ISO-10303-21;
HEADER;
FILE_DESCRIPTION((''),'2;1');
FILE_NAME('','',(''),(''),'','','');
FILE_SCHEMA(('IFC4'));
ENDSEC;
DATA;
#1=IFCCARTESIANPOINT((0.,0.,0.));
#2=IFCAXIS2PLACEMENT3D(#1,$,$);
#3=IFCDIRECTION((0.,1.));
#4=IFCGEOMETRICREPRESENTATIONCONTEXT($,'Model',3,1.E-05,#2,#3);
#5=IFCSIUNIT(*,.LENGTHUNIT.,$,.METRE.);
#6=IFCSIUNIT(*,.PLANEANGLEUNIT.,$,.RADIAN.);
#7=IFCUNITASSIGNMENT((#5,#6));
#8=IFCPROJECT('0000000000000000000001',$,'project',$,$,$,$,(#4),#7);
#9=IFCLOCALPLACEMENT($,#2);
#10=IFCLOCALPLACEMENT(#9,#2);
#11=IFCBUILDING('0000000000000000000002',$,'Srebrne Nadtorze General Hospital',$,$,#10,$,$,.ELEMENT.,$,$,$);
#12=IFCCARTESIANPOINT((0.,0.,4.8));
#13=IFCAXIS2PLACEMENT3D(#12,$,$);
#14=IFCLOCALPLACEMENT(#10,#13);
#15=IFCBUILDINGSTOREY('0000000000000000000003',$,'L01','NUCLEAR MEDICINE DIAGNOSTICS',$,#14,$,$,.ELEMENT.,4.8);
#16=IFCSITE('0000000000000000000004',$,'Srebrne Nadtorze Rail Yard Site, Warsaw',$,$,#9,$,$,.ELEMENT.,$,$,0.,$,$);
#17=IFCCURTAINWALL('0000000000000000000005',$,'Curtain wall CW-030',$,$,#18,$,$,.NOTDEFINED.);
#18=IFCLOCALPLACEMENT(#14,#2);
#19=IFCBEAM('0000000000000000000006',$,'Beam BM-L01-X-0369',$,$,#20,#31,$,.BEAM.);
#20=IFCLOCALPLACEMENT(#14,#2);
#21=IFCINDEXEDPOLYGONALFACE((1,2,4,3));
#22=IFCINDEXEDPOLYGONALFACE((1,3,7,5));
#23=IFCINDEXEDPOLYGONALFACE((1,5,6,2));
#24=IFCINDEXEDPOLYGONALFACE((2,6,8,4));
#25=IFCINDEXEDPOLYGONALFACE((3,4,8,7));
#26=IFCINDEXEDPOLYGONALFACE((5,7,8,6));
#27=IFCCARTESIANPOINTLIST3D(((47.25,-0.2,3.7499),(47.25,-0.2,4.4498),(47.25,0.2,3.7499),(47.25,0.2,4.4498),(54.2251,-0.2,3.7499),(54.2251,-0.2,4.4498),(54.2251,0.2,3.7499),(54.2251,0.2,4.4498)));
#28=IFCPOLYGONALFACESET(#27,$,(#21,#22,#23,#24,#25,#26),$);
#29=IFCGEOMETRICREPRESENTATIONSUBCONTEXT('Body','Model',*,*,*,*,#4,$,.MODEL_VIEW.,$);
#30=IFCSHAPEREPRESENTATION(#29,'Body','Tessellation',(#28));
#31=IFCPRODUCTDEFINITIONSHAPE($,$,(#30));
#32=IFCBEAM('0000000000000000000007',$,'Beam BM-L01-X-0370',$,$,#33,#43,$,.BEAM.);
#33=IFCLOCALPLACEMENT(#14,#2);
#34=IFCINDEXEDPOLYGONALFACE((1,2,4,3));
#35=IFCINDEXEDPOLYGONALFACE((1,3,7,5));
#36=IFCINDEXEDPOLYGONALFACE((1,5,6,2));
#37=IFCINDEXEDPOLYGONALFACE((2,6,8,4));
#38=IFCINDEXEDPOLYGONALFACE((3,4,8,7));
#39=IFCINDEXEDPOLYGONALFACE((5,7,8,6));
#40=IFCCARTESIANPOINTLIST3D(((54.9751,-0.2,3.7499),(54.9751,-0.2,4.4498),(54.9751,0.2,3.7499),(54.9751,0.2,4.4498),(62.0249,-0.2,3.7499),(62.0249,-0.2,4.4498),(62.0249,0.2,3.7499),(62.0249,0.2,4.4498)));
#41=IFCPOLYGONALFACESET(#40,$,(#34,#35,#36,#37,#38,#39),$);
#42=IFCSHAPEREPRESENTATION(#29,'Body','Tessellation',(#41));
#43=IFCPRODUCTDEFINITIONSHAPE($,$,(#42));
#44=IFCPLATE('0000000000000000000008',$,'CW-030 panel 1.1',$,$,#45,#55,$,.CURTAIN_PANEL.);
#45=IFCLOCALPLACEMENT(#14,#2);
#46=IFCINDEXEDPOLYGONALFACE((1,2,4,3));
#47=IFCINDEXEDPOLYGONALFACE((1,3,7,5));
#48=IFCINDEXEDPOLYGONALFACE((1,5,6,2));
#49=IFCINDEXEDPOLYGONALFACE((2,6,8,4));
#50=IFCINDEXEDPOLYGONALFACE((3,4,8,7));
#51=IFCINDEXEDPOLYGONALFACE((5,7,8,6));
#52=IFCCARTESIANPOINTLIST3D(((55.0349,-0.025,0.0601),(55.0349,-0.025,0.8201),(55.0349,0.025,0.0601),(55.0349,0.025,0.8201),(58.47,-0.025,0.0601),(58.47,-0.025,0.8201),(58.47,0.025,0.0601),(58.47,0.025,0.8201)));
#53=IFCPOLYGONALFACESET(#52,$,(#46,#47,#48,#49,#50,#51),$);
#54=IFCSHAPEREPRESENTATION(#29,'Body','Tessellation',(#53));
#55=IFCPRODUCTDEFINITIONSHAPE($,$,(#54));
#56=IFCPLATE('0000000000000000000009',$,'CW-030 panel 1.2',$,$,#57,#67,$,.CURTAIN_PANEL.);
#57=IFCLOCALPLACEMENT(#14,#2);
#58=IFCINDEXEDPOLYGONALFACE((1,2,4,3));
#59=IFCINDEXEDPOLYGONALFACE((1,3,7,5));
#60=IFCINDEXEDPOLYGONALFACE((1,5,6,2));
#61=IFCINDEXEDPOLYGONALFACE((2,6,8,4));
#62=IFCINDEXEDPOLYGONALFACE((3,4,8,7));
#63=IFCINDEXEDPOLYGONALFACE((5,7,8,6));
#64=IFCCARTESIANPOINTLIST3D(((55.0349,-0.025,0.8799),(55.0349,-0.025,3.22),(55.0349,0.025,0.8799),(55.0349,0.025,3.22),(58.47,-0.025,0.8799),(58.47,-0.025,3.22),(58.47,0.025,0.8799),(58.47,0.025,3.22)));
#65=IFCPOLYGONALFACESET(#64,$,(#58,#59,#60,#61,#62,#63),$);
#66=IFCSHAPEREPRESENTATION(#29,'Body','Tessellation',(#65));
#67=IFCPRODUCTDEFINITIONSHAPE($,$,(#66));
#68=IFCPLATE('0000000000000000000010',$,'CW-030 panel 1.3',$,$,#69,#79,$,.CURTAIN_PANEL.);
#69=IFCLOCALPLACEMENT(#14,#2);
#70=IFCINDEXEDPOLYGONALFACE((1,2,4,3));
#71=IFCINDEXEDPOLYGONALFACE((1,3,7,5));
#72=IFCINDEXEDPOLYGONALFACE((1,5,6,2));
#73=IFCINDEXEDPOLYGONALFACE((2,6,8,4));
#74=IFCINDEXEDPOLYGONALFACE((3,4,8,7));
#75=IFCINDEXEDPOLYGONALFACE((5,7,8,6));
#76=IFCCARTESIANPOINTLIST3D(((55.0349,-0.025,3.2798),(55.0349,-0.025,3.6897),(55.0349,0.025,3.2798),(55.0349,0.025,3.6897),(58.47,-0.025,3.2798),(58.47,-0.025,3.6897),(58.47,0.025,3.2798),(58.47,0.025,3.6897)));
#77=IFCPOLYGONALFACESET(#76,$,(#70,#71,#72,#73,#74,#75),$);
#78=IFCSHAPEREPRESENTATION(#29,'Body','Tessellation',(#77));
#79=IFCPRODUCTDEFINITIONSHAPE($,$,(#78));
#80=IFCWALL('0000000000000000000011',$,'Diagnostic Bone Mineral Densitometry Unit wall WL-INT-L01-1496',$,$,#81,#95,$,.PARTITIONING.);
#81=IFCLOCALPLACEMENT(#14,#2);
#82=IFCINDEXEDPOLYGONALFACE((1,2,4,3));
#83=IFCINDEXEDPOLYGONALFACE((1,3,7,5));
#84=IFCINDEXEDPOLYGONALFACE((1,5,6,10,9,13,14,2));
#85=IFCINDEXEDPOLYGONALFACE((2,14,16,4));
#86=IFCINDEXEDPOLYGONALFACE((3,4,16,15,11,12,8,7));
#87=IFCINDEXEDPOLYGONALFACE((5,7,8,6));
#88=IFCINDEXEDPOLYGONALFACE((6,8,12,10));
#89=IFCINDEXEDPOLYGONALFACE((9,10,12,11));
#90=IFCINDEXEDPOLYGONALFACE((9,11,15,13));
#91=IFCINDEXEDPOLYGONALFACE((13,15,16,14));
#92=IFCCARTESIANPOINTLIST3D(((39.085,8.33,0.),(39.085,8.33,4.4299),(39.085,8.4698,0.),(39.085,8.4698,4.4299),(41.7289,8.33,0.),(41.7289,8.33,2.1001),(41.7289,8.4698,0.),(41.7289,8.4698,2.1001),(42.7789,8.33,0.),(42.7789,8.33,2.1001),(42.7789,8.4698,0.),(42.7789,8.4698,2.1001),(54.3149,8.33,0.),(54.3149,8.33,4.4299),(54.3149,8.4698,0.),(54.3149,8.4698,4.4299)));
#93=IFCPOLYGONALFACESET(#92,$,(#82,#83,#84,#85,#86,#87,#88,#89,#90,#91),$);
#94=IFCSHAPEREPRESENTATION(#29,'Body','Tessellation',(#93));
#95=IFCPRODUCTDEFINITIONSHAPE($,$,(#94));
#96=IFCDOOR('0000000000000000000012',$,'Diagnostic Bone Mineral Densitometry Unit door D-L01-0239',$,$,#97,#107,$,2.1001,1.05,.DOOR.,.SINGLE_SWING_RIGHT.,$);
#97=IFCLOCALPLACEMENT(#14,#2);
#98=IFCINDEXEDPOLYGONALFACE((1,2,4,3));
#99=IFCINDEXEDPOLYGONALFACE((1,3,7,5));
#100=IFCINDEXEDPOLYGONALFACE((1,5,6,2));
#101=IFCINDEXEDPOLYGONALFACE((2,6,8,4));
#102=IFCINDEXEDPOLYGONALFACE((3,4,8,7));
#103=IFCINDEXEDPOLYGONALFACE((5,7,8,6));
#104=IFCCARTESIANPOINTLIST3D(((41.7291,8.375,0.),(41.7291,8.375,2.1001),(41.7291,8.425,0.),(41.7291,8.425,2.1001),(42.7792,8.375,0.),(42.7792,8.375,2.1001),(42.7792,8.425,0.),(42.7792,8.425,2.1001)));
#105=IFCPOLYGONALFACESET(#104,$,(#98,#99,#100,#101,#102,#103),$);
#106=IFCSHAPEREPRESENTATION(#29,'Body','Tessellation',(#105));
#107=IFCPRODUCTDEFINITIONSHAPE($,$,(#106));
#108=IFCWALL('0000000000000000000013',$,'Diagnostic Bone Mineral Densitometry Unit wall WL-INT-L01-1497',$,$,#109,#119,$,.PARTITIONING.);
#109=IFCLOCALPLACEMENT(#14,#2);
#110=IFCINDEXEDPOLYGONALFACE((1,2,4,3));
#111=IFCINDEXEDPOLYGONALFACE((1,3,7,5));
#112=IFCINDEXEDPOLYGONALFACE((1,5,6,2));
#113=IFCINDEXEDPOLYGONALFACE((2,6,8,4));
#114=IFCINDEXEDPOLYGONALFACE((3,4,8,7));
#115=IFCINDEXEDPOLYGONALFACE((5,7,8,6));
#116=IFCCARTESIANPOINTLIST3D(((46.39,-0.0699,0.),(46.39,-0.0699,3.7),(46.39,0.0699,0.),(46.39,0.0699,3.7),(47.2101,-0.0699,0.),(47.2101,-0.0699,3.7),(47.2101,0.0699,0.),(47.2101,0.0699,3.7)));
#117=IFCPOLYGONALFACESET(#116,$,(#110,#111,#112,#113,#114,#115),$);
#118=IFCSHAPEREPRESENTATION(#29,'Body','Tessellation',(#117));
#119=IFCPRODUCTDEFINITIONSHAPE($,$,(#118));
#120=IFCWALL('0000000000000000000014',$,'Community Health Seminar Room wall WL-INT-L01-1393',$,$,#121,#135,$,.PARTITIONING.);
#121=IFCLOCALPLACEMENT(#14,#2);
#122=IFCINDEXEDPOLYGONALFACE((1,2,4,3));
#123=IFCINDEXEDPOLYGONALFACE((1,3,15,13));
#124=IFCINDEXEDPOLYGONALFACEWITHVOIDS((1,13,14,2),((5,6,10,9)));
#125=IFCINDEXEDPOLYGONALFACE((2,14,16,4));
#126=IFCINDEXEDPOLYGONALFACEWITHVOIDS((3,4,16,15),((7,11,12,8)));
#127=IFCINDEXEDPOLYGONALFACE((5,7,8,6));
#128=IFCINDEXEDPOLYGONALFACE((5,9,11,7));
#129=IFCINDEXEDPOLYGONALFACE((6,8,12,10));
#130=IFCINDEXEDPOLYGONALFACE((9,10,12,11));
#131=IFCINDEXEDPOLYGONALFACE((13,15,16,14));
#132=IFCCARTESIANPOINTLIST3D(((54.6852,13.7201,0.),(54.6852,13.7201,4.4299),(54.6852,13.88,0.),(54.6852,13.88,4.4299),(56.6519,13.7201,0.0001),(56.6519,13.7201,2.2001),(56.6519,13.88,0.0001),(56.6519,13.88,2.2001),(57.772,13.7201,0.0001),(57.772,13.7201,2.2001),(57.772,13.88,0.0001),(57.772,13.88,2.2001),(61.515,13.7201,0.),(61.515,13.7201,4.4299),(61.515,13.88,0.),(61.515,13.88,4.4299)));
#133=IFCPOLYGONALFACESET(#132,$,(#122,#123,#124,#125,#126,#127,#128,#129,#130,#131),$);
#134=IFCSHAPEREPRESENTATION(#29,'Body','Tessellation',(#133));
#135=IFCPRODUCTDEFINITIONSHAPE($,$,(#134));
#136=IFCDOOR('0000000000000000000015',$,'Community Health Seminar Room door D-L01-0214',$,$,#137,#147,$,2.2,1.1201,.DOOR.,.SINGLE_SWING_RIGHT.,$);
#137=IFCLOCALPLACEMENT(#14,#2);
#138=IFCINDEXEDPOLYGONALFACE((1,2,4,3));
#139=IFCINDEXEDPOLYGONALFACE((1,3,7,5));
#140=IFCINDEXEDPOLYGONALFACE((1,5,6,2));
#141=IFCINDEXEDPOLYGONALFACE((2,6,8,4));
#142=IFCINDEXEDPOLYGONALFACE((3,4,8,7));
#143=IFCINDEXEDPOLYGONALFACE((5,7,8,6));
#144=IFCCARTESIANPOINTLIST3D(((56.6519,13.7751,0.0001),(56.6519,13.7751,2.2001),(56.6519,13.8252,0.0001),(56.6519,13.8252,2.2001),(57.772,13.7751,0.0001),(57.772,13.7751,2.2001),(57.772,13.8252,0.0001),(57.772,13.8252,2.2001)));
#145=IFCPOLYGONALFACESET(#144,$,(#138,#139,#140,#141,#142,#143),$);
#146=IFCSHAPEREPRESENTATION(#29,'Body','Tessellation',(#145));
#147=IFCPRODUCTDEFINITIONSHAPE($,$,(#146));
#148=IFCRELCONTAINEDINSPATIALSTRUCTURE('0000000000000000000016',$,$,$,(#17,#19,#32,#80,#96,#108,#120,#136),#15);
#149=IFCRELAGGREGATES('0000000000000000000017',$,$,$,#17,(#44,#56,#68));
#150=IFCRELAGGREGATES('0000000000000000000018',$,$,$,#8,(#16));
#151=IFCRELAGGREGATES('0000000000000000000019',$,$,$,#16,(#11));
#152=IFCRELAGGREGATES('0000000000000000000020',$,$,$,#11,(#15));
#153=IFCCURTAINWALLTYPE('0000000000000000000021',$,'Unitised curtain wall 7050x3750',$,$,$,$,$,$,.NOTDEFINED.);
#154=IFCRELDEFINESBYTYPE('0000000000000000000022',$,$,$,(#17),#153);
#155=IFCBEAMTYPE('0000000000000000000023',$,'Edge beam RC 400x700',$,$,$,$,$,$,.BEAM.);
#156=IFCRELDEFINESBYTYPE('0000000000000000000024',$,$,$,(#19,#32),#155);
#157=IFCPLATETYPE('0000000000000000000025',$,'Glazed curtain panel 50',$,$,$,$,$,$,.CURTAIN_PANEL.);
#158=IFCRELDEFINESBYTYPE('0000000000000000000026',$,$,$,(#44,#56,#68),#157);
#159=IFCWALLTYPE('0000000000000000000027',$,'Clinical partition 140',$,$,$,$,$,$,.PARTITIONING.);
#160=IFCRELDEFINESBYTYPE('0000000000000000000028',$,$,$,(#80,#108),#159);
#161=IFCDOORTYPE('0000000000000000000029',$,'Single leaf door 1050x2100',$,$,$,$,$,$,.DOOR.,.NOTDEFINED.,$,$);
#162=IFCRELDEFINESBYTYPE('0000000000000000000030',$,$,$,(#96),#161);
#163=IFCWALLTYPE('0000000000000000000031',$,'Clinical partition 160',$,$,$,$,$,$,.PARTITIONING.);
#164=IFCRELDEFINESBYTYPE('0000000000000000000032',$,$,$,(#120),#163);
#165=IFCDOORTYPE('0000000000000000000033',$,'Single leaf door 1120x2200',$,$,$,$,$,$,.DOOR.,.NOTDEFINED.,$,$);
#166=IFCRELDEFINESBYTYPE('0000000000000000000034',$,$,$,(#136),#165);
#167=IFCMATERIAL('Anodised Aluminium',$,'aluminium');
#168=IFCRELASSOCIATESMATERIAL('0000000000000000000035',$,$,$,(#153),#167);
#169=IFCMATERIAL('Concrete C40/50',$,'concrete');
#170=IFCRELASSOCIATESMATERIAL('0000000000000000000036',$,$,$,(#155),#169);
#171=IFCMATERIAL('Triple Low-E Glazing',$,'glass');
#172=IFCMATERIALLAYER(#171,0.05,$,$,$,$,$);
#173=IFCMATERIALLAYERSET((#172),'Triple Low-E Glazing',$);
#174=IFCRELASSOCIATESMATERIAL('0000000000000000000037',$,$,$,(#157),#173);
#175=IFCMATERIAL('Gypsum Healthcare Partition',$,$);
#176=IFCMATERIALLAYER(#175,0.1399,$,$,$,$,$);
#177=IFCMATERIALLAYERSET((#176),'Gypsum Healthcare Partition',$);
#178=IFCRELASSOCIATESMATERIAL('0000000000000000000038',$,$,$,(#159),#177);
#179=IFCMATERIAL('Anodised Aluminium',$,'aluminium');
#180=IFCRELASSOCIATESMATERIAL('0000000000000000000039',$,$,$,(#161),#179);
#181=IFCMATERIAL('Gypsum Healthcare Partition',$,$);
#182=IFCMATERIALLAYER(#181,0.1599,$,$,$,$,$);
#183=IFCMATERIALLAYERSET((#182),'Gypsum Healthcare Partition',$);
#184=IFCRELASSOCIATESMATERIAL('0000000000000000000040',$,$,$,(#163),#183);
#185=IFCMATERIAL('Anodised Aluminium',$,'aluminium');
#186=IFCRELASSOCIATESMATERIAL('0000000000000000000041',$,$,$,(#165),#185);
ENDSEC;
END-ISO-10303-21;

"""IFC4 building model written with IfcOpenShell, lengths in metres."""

from ifc_helpers import new_model, si_unit, direction, frame, frame_2d, origin, origin_2d, place, context, subcontext, project, spatial, rectangle, extrude, material, layer, layer_set, material_profile, profile_set, type_object, element, fill, aggregate, save


model = new_model("IFC4")

# Units and contexts
model_context = context("Model", 3, precision=1e-05, world=origin(), true_north=direction((0.0, 1.0)))
body_context = subcontext(model_context, "Body", "Model", "MODEL_VIEW")
ifc_project = project(units=[si_unit("LENGTHUNIT", "METRE"), si_unit("PLANEANGLEUNIT", "RADIAN")], contexts=[model_context])

# Site, building, storey
site_placement = place(None, origin())
site = spatial("IfcSite", under=ifc_project, at=site_placement, Name="Srebrne Nadtorze Rail Yard Site, Warsaw", CompositionType="ELEMENT", RefElevation=0.0)
building_placement = place(site_placement, origin())
building = spatial("IfcBuilding", under=site, at=building_placement, Name="Srebrne Nadtorze General Hospital", CompositionType="ELEMENT")
storey_placement = place(building_placement, frame((0.0, 0.0, 4.8)))
storey = spatial("IfcBuildingStorey", under=building, at=storey_placement, Name="L01", Description="NUCLEAR MEDICINE DIAGNOSTICS", CompositionType="ELEMENT", Elevation=4.8)

# Curtain wall
ifc_material_1 = material(Name="Anodised Aluminium", Category="aluminium")
curtain_wall_type = type_object("IfcCurtainWallType", Name="Unitised curtain wall 7050x3750", PredefinedType="NOTDEFINED", material=ifc_material_1)
curtain_wall_placement = place(storey_placement, origin())
curtain_wall = element("IfcCurtainWall", 1, at=curtain_wall_placement, inside=storey, type_object=curtain_wall_type, Name="Curtain wall CW-030", PredefinedType="NOTDEFINED")

# Beams
ifc_material_2 = material(Name="Concrete C40/50", Category="concrete")
ifc_material_profile_1 = material_profile(ifc_material_2, rectangle(XDim=0.3999, YDim=0.7, at=origin_2d()), Name="RC-BM-400x700")
ifc_profile_set_1 = profile_set([ifc_material_profile_1], Name="Concrete C40/50")
beam_type = type_object("IfcBeamType", Name="Edge beam RC 400x700", PredefinedType="BEAM", material=ifc_profile_set_1)
beam_1_placement = place(storey_placement, frame((47.25, 0.0, 4.0999), z_axis=(1.0, 0.0, 0.0), x_axis=(0.0, 1.0, 0.0)))
element("IfcBeam", 2, at=beam_1_placement, inside=storey, type_object=beam_type, Name="Beam BM-L01-X-0369", PredefinedType="BEAM", context=body_context, shape_type="SweptSolid", body=[
    extrude(rectangle(XDim=0.3999, YDim=0.7, at=origin_2d()), origin(), (0.0, 0.0, 1.0), 6.9751),
])
beam_2_placement = place(storey_placement, frame((54.9751, 0.0, 4.0999), z_axis=(1.0, 0.0, 0.0), x_axis=(0.0, 1.0, 0.0)))
element("IfcBeam", 3, at=beam_2_placement, inside=storey, type_object=beam_type, Name="Beam BM-L01-X-0370", PredefinedType="BEAM", context=body_context, shape_type="SweptSolid", body=[
    extrude(rectangle(XDim=0.3999, YDim=0.7, at=origin_2d()), origin(), (0.0, 0.0, 1.0), 7.0498),
])

# Plates
ifc_material_3 = material(Name="Triple Low-E Glazing", Category="glass")
ifc_layer_1 = layer(ifc_material_3, 0.05)
ifc_layer_set_1 = layer_set([ifc_layer_1], Name="Triple Low-E Glazing")
plate_type = type_object("IfcPlateType", Name="Glazed curtain panel 50", PredefinedType="CURTAIN_PANEL", material=ifc_layer_set_1)
plate_1_placement = place(storey_placement, frame((56.7524, 0.0, 0.0601), z_axis=(0.0, 0.0, 1.0), x_axis=(1.0, 0.0, 0.0)))
plate_1 = element("IfcPlate", 4, at=plate_1_placement, type_object=plate_type, Name="CW-030 panel 1.1", PredefinedType="CURTAIN_PANEL", context=body_context, shape_type="SweptSolid", body=[
    extrude(rectangle(XDim=3.4351, YDim=0.05, at=origin_2d()), origin(), (0.0, 0.0, 1.0), 0.76),
])
plate_2_placement = place(storey_placement, frame((56.7524, 0.0, 0.8799), z_axis=(0.0, 0.0, 1.0), x_axis=(1.0, 0.0, 0.0)))
plate_2 = element("IfcPlate", 5, at=plate_2_placement, type_object=plate_type, Name="CW-030 panel 1.2", PredefinedType="CURTAIN_PANEL", context=body_context, shape_type="SweptSolid", body=[
    extrude(rectangle(XDim=3.4351, YDim=0.05, at=origin_2d()), origin(), (0.0, 0.0, 1.0), 2.3401),
])
plate_3_placement = place(storey_placement, frame((56.7524, 0.0, 3.2798), z_axis=(0.0, 0.0, 1.0), x_axis=(1.0, 0.0, 0.0)))
plate_3 = element("IfcPlate", 6, at=plate_3_placement, type_object=plate_type, Name="CW-030 panel 1.3", PredefinedType="CURTAIN_PANEL", context=body_context, shape_type="SweptSolid", body=[
    extrude(rectangle(XDim=3.4351, YDim=0.05, at=origin_2d()), origin(), (0.0, 0.0, 1.0), 0.4099),
])
aggregate(curtain_wall, [plate_1, plate_2, plate_3])

# Wall, opening, door
ifc_material_4 = material(Name="Gypsum Healthcare Partition")
ifc_layer_2 = layer(ifc_material_4, 0.1399)
ifc_layer_set_2 = layer_set([ifc_layer_2], Name="Gypsum Healthcare Partition")
wall_type_1 = type_object("IfcWallType", Name="Clinical partition 140", PredefinedType="PARTITIONING", material=ifc_layer_set_2)
wall_1_placement = place(storey_placement, frame((39.085, 8.3999, 0.0), z_axis=(0.0, 0.0, 1.0), x_axis=(1.0, 0.0, 0.0)))
wall_1 = element("IfcWall", 7, at=wall_1_placement, inside=storey, type_object=wall_type_1, Name="Diagnostic Bone Mineral Densitometry Unit wall WL-INT-L01-1496", PredefinedType="PARTITIONING", context=body_context, shape_type="SweptSolid", body=[
    extrude(rectangle(XDim=15.23, YDim=0.1399, at=frame_2d((7.615, 0.0))), origin(), (0.0, 0.0, 1.0), 4.4299),
])
opening_1_placement = place(wall_1_placement, frame((2.644, 0.0, 0.0)))
opening_1 = element("IfcOpeningElement", 8, at=opening_1_placement, cuts=wall_1, PredefinedType="OPENING", context=body_context, shape_type="SweptSolid", body=[
    extrude(rectangle(XDim=1.05, YDim=2.1001, at=frame_2d((0.5249, 1.05))), frame((0.0, 0.082, 0.0), z_axis=(0.0, -1.0, 0.0), x_axis=(1.0, 0.0, 0.0)), (0.0, 0.0, 1.0), 0.1638),
])
ifc_material_5 = material(Name="Anodised Aluminium", Category="aluminium")
door_type_1 = type_object("IfcDoorType", Name="Single leaf door 1050x2100", OperationType="NOTDEFINED", PredefinedType="DOOR", material=ifc_material_5)
door_1_placement = place(opening_1_placement, frame((1.05, 0.0, 0.0), z_axis=(0.0, 0.0, 1.0), x_axis=(-1.0, 0.0, 0.0)))
door_1 = element("IfcDoor", 9, at=door_1_placement, inside=storey, type_object=door_type_1, Name="Diagnostic Bone Mineral Densitometry Unit door D-L01-0239", OperationType="SINGLE_SWING_RIGHT", OverallHeight=2.1001, OverallWidth=1.05, PredefinedType="DOOR", context=body_context, shape_type="SweptSolid", body=[
    extrude(rectangle(XDim=1.05, YDim=2.1001, at=frame_2d((0.5249, 1.05))), frame((0.0, 0.0249, 0.0), z_axis=(0.0, -1.0, 0.0), x_axis=(1.0, 0.0, 0.0)), (0.0, 0.0, 1.0), 0.05),
])
fill(opening_1, door_1)

# Wall
wall_2_placement = place(storey_placement, frame((46.3899, 0.0, 0.0), z_axis=(0.0, 0.0, 1.0), x_axis=(1.0, 0.0, 0.0)))
element("IfcWall", 10, at=wall_2_placement, inside=storey, type_object=wall_type_1, Name="Diagnostic Bone Mineral Densitometry Unit wall WL-INT-L01-1497", PredefinedType="PARTITIONING", context=body_context, shape_type="SweptSolid", body=[
    extrude(rectangle(XDim=0.8201, YDim=0.1399, at=frame_2d((0.4102, 0.0))), origin(), (0.0, 0.0, 1.0), 3.7),
])

# Wall, opening, door
ifc_material_6 = material(Name="Gypsum Healthcare Partition")
ifc_layer_3 = layer(ifc_material_6, 0.1599)
ifc_layer_set_3 = layer_set([ifc_layer_3], Name="Gypsum Healthcare Partition")
wall_type_2 = type_object("IfcWallType", Name="Clinical partition 160", PredefinedType="PARTITIONING", material=ifc_layer_set_3)
wall_3_placement = place(storey_placement, frame((54.6851, 13.8, 0.0), z_axis=(0.0, 0.0, 1.0), x_axis=(1.0, 0.0, 0.0)))
wall_3 = element("IfcWall", 11, at=wall_3_placement, inside=storey, type_object=wall_type_2, Name="Community Health Seminar Room wall WL-INT-L01-1393", PredefinedType="PARTITIONING", context=body_context, shape_type="SweptSolid", body=[
    extrude(rectangle(XDim=6.8298, YDim=0.1599, at=frame_2d((3.415, 0.0))), origin(), (0.0, 0.0, 1.0), 4.4299),
])
opening_2_placement = place(wall_3_placement, frame((1.9668, 0.0, 0.0)))
opening_2 = element("IfcOpeningElement", 12, at=opening_2_placement, cuts=wall_3, PredefinedType="OPENING", context=body_context, shape_type="SweptSolid", body=[
    extrude(rectangle(XDim=1.1201, YDim=2.2, at=frame_2d((0.5601, 1.1001))), frame((0.0, 0.0918, 0.0), z_axis=(0.0, -1.0, 0.0), x_axis=(1.0, 0.0, 0.0)), (0.0, 0.0, 1.0), 0.1838),
])
ifc_material_7 = material(Name="Anodised Aluminium", Category="aluminium")
door_type_2 = type_object("IfcDoorType", Name="Single leaf door 1120x2200", OperationType="NOTDEFINED", PredefinedType="DOOR", material=ifc_material_7)
door_2_placement = place(opening_2_placement, frame((1.1201, 0.0, 0.0), z_axis=(0.0, 0.0, 1.0), x_axis=(-1.0, 0.0, 0.0)))
door_2 = element("IfcDoor", 13, at=door_2_placement, inside=storey, type_object=door_type_2, Name="Community Health Seminar Room door D-L01-0214", OperationType="SINGLE_SWING_RIGHT", OverallHeight=2.2, OverallWidth=1.1201, PredefinedType="DOOR", context=body_context, shape_type="SweptSolid", body=[
    extrude(rectangle(XDim=1.1201, YDim=2.2, at=frame_2d((0.5601, 1.1001))), frame((0.0, 0.0249, 0.0), z_axis=(0.0, -1.0, 0.0), x_axis=(1.0, 0.0, 0.0)), (0.0, 0.0, 1.0), 0.05),
])
fill(opening_2, door_2)

save(model, "model.ifc")
